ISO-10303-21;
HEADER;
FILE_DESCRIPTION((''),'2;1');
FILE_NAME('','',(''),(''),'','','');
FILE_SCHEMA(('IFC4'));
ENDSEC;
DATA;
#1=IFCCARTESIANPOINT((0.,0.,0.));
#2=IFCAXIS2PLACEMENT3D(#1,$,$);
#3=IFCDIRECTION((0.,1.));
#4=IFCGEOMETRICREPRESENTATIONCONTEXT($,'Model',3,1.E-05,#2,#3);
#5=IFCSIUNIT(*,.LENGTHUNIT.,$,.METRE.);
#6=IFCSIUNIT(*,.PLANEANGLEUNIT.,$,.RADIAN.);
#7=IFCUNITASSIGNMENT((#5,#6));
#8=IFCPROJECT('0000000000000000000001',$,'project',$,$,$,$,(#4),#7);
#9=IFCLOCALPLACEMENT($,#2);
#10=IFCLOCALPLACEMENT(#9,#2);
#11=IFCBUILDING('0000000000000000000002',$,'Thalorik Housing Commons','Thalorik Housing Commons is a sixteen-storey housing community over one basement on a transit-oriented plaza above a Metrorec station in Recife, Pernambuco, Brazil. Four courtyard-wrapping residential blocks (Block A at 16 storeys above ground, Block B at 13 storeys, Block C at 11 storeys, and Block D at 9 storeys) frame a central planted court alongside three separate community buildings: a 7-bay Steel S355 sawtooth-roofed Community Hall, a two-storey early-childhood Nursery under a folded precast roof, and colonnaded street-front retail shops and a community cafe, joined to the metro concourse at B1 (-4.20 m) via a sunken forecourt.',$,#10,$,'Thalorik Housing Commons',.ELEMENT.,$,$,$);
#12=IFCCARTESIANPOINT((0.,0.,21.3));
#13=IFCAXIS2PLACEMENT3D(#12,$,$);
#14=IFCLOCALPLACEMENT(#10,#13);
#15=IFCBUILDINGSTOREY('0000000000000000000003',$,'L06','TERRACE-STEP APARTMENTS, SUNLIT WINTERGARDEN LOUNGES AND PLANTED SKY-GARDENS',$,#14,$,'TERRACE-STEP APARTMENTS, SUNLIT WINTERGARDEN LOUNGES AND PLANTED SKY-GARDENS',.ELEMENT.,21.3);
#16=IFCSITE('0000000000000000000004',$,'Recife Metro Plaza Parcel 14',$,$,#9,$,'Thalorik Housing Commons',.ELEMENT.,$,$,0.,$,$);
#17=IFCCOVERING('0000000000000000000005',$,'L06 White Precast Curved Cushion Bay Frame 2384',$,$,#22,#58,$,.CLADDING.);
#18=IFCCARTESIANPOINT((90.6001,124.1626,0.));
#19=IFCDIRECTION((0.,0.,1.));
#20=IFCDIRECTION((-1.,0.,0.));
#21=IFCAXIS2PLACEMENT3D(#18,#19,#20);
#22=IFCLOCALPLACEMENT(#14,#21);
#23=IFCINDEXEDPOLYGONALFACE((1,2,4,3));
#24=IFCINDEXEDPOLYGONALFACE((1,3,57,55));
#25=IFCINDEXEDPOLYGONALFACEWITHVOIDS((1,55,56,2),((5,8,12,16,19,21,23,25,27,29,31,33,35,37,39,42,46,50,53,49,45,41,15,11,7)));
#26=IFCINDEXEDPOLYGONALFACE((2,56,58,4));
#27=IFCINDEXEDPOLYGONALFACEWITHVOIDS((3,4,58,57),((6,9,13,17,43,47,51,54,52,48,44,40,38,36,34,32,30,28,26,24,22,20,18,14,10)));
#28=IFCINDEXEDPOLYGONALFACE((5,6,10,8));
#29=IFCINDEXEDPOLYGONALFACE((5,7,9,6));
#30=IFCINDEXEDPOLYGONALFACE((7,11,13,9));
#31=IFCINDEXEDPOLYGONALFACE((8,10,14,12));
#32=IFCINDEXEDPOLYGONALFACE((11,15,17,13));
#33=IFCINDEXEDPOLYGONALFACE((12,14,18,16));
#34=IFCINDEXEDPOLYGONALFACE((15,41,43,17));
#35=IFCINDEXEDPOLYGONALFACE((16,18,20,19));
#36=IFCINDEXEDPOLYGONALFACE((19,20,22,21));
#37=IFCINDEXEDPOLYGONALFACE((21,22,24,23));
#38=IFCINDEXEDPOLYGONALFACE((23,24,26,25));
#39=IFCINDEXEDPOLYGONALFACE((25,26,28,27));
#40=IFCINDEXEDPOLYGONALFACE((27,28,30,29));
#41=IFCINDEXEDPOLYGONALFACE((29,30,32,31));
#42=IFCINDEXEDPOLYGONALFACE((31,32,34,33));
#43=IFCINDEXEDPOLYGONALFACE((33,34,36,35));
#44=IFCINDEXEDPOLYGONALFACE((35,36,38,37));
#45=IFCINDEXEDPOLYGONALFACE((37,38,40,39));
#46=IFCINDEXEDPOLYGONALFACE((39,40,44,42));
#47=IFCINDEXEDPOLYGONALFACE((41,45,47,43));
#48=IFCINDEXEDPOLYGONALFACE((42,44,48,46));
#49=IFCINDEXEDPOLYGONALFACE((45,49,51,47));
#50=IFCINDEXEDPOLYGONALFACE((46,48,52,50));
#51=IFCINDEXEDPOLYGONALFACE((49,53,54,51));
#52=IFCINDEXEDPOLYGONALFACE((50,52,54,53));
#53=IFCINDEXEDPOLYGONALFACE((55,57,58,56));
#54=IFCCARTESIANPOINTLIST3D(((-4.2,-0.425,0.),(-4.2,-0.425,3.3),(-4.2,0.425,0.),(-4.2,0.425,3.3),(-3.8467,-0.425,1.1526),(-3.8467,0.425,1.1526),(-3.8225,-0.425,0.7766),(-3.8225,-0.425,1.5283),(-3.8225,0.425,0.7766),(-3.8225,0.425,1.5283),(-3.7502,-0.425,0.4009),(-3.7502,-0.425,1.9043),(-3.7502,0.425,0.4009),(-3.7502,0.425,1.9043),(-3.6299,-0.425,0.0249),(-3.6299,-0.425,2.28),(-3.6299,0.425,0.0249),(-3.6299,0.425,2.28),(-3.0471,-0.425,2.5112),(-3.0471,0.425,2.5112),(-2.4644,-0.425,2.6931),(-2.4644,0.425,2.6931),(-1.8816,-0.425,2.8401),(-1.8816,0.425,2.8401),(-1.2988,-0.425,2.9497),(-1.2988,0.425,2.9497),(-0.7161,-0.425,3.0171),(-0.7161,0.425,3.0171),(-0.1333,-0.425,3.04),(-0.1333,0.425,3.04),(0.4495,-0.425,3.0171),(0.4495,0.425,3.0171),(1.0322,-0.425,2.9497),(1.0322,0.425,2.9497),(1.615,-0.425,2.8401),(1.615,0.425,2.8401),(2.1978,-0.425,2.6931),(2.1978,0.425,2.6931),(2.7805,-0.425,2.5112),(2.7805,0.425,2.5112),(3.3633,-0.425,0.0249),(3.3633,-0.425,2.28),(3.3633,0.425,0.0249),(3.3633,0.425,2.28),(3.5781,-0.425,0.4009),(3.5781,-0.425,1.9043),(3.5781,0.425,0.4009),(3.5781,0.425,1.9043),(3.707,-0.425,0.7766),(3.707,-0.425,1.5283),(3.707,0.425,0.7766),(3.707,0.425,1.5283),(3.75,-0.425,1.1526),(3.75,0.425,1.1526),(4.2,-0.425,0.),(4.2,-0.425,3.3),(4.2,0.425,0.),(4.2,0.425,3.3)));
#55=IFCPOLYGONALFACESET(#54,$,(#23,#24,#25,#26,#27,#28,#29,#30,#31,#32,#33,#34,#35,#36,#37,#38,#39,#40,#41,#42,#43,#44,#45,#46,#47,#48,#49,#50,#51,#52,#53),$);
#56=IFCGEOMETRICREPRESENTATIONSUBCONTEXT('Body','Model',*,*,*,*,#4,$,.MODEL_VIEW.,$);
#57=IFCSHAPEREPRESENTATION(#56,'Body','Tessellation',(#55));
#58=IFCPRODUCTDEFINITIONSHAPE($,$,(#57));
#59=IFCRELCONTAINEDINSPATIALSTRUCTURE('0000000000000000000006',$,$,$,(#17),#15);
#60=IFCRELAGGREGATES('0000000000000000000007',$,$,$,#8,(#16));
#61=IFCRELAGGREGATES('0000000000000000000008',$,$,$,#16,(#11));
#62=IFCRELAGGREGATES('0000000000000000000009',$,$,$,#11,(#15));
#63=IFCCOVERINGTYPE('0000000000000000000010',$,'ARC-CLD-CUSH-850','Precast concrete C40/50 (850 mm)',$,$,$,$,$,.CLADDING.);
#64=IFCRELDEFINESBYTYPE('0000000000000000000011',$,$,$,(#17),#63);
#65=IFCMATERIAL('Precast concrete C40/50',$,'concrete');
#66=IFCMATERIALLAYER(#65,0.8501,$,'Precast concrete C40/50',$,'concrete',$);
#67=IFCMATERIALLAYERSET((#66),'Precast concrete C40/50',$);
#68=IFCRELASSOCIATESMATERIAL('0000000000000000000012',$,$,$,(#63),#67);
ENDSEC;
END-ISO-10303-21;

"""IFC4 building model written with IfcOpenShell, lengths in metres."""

from ifc_helpers import new_model, si_unit, direction, frame, origin, place, context, subcontext, project, spatial, polyline, outline, extrude, material, layer, layer_set, type_object, element, save


model = new_model("IFC4")

# Units and contexts
model_context = context("Model", 3, precision=1e-05, world=origin(), true_north=direction((0.0, 1.0)))
body_context = subcontext(model_context, "Body", "Model", "MODEL_VIEW")
ifc_project = project(units=[si_unit("LENGTHUNIT", "METRE"), si_unit("PLANEANGLEUNIT", "RADIAN")], contexts=[model_context])

# Site, building, storey
site_placement = place(None, origin())
site = spatial("IfcSite", under=ifc_project, at=site_placement, Name="Recife Metro Plaza Parcel 14", LongName="Thalorik Housing Commons", CompositionType="ELEMENT", RefElevation=0.0)
building_placement = place(site_placement, origin())
building = spatial("IfcBuilding", under=site, at=building_placement, Name="Thalorik Housing Commons", Description="Thalorik Housing Commons is a sixteen-storey housing community over one basement on a transit-oriented plaza above a Metrorec station in Recife, Pernambuco, Brazil. Four courtyard-wrapping residential blocks (Block A at 16 storeys above ground, Block B at 13 storeys, Block C at 11 storeys, and Block D at 9 storeys) frame a central planted court alongside three separate community buildings: a 7-bay Steel S355 sawtooth-roofed Community Hall, a two-storey early-childhood Nursery under a folded precast roof, and colonnaded street-front retail shops and a community cafe, joined to the metro concourse at B1 (-4.20 m) via a sunken forecourt.", LongName="Thalorik Housing Commons", CompositionType="ELEMENT")
storey_placement = place(building_placement, frame((0.0, 0.0, 21.3)))
storey = spatial("IfcBuildingStorey", under=building, at=storey_placement, Name="L06", Description="TERRACE-STEP APARTMENTS, SUNLIT WINTERGARDEN LOUNGES AND PLANTED SKY-GARDENS", LongName="TERRACE-STEP APARTMENTS, SUNLIT WINTERGARDEN LOUNGES AND PLANTED SKY-GARDENS", CompositionType="ELEMENT", Elevation=21.3)

# Shared definitions
ifc_material_1 = material(Name="Precast concrete C40/50", Category="concrete")

# Covering
ifc_layer_1 = layer(ifc_material_1, 0.8501, Name="Precast concrete C40/50", Category="concrete")
ifc_layer_set_1 = layer_set([ifc_layer_1], Name="Precast concrete C40/50")
covering_type_1 = type_object("IfcCoveringType", Name="ARC-CLD-CUSH-850", Description="Precast concrete C40/50 (850 mm)", PredefinedType="CLADDING", material=ifc_layer_set_1)
covering_1_placement = place(storey_placement, frame((90.6001, 124.1626, 0.0), z_axis=(0.0, 0.0, 1.0), x_axis=(-1.0, 0.0, 0.0)))
element("IfcCovering", 1, at=covering_1_placement, inside=storey, type_object=covering_type_1, Name="L06 White Precast Curved Cushion Bay Frame 2384", PredefinedType="CLADDING", context=body_context, shape_type="SweptSolid", body=[
    extrude(outline(polyline([(-4.2, 0.0), (4.2, 0.0), (4.2, 3.3), (-4.2, 3.3), (-4.2, 0.0)]), holes=[polyline([(3.3633, 0.0249), (3.5781, 0.4009), (3.707, 0.7766), (3.75, 1.1526), (3.707, 1.5283), (3.5781, 1.9043), (3.3633, 2.28), (2.7805, 2.5112), (2.1978, 2.6931), (1.615, 2.8401), (1.0322, 2.9497), (0.4495, 3.0171), (-0.1333, 3.04), (-0.7161, 3.0171), (-1.2988, 2.9497), (-1.8816, 2.8401), (-2.4644, 2.6931), (-3.0471, 2.5112), (-3.6299, 2.28), (-3.7502, 1.9043), (-3.8225, 1.5283), (-3.8467, 1.1526), (-3.8225, 0.7766), (-3.7502, 0.4009), (-3.6299, 0.0249), (3.3633, 0.0249)])]), frame((0.0, 0.425, 0.0), z_axis=(0.0, -1.0, 0.0), x_axis=(1.0, 0.0, 0.0)), (0.0, 0.0, 1.0), 0.8501),
])

save(model, "model.ifc")
